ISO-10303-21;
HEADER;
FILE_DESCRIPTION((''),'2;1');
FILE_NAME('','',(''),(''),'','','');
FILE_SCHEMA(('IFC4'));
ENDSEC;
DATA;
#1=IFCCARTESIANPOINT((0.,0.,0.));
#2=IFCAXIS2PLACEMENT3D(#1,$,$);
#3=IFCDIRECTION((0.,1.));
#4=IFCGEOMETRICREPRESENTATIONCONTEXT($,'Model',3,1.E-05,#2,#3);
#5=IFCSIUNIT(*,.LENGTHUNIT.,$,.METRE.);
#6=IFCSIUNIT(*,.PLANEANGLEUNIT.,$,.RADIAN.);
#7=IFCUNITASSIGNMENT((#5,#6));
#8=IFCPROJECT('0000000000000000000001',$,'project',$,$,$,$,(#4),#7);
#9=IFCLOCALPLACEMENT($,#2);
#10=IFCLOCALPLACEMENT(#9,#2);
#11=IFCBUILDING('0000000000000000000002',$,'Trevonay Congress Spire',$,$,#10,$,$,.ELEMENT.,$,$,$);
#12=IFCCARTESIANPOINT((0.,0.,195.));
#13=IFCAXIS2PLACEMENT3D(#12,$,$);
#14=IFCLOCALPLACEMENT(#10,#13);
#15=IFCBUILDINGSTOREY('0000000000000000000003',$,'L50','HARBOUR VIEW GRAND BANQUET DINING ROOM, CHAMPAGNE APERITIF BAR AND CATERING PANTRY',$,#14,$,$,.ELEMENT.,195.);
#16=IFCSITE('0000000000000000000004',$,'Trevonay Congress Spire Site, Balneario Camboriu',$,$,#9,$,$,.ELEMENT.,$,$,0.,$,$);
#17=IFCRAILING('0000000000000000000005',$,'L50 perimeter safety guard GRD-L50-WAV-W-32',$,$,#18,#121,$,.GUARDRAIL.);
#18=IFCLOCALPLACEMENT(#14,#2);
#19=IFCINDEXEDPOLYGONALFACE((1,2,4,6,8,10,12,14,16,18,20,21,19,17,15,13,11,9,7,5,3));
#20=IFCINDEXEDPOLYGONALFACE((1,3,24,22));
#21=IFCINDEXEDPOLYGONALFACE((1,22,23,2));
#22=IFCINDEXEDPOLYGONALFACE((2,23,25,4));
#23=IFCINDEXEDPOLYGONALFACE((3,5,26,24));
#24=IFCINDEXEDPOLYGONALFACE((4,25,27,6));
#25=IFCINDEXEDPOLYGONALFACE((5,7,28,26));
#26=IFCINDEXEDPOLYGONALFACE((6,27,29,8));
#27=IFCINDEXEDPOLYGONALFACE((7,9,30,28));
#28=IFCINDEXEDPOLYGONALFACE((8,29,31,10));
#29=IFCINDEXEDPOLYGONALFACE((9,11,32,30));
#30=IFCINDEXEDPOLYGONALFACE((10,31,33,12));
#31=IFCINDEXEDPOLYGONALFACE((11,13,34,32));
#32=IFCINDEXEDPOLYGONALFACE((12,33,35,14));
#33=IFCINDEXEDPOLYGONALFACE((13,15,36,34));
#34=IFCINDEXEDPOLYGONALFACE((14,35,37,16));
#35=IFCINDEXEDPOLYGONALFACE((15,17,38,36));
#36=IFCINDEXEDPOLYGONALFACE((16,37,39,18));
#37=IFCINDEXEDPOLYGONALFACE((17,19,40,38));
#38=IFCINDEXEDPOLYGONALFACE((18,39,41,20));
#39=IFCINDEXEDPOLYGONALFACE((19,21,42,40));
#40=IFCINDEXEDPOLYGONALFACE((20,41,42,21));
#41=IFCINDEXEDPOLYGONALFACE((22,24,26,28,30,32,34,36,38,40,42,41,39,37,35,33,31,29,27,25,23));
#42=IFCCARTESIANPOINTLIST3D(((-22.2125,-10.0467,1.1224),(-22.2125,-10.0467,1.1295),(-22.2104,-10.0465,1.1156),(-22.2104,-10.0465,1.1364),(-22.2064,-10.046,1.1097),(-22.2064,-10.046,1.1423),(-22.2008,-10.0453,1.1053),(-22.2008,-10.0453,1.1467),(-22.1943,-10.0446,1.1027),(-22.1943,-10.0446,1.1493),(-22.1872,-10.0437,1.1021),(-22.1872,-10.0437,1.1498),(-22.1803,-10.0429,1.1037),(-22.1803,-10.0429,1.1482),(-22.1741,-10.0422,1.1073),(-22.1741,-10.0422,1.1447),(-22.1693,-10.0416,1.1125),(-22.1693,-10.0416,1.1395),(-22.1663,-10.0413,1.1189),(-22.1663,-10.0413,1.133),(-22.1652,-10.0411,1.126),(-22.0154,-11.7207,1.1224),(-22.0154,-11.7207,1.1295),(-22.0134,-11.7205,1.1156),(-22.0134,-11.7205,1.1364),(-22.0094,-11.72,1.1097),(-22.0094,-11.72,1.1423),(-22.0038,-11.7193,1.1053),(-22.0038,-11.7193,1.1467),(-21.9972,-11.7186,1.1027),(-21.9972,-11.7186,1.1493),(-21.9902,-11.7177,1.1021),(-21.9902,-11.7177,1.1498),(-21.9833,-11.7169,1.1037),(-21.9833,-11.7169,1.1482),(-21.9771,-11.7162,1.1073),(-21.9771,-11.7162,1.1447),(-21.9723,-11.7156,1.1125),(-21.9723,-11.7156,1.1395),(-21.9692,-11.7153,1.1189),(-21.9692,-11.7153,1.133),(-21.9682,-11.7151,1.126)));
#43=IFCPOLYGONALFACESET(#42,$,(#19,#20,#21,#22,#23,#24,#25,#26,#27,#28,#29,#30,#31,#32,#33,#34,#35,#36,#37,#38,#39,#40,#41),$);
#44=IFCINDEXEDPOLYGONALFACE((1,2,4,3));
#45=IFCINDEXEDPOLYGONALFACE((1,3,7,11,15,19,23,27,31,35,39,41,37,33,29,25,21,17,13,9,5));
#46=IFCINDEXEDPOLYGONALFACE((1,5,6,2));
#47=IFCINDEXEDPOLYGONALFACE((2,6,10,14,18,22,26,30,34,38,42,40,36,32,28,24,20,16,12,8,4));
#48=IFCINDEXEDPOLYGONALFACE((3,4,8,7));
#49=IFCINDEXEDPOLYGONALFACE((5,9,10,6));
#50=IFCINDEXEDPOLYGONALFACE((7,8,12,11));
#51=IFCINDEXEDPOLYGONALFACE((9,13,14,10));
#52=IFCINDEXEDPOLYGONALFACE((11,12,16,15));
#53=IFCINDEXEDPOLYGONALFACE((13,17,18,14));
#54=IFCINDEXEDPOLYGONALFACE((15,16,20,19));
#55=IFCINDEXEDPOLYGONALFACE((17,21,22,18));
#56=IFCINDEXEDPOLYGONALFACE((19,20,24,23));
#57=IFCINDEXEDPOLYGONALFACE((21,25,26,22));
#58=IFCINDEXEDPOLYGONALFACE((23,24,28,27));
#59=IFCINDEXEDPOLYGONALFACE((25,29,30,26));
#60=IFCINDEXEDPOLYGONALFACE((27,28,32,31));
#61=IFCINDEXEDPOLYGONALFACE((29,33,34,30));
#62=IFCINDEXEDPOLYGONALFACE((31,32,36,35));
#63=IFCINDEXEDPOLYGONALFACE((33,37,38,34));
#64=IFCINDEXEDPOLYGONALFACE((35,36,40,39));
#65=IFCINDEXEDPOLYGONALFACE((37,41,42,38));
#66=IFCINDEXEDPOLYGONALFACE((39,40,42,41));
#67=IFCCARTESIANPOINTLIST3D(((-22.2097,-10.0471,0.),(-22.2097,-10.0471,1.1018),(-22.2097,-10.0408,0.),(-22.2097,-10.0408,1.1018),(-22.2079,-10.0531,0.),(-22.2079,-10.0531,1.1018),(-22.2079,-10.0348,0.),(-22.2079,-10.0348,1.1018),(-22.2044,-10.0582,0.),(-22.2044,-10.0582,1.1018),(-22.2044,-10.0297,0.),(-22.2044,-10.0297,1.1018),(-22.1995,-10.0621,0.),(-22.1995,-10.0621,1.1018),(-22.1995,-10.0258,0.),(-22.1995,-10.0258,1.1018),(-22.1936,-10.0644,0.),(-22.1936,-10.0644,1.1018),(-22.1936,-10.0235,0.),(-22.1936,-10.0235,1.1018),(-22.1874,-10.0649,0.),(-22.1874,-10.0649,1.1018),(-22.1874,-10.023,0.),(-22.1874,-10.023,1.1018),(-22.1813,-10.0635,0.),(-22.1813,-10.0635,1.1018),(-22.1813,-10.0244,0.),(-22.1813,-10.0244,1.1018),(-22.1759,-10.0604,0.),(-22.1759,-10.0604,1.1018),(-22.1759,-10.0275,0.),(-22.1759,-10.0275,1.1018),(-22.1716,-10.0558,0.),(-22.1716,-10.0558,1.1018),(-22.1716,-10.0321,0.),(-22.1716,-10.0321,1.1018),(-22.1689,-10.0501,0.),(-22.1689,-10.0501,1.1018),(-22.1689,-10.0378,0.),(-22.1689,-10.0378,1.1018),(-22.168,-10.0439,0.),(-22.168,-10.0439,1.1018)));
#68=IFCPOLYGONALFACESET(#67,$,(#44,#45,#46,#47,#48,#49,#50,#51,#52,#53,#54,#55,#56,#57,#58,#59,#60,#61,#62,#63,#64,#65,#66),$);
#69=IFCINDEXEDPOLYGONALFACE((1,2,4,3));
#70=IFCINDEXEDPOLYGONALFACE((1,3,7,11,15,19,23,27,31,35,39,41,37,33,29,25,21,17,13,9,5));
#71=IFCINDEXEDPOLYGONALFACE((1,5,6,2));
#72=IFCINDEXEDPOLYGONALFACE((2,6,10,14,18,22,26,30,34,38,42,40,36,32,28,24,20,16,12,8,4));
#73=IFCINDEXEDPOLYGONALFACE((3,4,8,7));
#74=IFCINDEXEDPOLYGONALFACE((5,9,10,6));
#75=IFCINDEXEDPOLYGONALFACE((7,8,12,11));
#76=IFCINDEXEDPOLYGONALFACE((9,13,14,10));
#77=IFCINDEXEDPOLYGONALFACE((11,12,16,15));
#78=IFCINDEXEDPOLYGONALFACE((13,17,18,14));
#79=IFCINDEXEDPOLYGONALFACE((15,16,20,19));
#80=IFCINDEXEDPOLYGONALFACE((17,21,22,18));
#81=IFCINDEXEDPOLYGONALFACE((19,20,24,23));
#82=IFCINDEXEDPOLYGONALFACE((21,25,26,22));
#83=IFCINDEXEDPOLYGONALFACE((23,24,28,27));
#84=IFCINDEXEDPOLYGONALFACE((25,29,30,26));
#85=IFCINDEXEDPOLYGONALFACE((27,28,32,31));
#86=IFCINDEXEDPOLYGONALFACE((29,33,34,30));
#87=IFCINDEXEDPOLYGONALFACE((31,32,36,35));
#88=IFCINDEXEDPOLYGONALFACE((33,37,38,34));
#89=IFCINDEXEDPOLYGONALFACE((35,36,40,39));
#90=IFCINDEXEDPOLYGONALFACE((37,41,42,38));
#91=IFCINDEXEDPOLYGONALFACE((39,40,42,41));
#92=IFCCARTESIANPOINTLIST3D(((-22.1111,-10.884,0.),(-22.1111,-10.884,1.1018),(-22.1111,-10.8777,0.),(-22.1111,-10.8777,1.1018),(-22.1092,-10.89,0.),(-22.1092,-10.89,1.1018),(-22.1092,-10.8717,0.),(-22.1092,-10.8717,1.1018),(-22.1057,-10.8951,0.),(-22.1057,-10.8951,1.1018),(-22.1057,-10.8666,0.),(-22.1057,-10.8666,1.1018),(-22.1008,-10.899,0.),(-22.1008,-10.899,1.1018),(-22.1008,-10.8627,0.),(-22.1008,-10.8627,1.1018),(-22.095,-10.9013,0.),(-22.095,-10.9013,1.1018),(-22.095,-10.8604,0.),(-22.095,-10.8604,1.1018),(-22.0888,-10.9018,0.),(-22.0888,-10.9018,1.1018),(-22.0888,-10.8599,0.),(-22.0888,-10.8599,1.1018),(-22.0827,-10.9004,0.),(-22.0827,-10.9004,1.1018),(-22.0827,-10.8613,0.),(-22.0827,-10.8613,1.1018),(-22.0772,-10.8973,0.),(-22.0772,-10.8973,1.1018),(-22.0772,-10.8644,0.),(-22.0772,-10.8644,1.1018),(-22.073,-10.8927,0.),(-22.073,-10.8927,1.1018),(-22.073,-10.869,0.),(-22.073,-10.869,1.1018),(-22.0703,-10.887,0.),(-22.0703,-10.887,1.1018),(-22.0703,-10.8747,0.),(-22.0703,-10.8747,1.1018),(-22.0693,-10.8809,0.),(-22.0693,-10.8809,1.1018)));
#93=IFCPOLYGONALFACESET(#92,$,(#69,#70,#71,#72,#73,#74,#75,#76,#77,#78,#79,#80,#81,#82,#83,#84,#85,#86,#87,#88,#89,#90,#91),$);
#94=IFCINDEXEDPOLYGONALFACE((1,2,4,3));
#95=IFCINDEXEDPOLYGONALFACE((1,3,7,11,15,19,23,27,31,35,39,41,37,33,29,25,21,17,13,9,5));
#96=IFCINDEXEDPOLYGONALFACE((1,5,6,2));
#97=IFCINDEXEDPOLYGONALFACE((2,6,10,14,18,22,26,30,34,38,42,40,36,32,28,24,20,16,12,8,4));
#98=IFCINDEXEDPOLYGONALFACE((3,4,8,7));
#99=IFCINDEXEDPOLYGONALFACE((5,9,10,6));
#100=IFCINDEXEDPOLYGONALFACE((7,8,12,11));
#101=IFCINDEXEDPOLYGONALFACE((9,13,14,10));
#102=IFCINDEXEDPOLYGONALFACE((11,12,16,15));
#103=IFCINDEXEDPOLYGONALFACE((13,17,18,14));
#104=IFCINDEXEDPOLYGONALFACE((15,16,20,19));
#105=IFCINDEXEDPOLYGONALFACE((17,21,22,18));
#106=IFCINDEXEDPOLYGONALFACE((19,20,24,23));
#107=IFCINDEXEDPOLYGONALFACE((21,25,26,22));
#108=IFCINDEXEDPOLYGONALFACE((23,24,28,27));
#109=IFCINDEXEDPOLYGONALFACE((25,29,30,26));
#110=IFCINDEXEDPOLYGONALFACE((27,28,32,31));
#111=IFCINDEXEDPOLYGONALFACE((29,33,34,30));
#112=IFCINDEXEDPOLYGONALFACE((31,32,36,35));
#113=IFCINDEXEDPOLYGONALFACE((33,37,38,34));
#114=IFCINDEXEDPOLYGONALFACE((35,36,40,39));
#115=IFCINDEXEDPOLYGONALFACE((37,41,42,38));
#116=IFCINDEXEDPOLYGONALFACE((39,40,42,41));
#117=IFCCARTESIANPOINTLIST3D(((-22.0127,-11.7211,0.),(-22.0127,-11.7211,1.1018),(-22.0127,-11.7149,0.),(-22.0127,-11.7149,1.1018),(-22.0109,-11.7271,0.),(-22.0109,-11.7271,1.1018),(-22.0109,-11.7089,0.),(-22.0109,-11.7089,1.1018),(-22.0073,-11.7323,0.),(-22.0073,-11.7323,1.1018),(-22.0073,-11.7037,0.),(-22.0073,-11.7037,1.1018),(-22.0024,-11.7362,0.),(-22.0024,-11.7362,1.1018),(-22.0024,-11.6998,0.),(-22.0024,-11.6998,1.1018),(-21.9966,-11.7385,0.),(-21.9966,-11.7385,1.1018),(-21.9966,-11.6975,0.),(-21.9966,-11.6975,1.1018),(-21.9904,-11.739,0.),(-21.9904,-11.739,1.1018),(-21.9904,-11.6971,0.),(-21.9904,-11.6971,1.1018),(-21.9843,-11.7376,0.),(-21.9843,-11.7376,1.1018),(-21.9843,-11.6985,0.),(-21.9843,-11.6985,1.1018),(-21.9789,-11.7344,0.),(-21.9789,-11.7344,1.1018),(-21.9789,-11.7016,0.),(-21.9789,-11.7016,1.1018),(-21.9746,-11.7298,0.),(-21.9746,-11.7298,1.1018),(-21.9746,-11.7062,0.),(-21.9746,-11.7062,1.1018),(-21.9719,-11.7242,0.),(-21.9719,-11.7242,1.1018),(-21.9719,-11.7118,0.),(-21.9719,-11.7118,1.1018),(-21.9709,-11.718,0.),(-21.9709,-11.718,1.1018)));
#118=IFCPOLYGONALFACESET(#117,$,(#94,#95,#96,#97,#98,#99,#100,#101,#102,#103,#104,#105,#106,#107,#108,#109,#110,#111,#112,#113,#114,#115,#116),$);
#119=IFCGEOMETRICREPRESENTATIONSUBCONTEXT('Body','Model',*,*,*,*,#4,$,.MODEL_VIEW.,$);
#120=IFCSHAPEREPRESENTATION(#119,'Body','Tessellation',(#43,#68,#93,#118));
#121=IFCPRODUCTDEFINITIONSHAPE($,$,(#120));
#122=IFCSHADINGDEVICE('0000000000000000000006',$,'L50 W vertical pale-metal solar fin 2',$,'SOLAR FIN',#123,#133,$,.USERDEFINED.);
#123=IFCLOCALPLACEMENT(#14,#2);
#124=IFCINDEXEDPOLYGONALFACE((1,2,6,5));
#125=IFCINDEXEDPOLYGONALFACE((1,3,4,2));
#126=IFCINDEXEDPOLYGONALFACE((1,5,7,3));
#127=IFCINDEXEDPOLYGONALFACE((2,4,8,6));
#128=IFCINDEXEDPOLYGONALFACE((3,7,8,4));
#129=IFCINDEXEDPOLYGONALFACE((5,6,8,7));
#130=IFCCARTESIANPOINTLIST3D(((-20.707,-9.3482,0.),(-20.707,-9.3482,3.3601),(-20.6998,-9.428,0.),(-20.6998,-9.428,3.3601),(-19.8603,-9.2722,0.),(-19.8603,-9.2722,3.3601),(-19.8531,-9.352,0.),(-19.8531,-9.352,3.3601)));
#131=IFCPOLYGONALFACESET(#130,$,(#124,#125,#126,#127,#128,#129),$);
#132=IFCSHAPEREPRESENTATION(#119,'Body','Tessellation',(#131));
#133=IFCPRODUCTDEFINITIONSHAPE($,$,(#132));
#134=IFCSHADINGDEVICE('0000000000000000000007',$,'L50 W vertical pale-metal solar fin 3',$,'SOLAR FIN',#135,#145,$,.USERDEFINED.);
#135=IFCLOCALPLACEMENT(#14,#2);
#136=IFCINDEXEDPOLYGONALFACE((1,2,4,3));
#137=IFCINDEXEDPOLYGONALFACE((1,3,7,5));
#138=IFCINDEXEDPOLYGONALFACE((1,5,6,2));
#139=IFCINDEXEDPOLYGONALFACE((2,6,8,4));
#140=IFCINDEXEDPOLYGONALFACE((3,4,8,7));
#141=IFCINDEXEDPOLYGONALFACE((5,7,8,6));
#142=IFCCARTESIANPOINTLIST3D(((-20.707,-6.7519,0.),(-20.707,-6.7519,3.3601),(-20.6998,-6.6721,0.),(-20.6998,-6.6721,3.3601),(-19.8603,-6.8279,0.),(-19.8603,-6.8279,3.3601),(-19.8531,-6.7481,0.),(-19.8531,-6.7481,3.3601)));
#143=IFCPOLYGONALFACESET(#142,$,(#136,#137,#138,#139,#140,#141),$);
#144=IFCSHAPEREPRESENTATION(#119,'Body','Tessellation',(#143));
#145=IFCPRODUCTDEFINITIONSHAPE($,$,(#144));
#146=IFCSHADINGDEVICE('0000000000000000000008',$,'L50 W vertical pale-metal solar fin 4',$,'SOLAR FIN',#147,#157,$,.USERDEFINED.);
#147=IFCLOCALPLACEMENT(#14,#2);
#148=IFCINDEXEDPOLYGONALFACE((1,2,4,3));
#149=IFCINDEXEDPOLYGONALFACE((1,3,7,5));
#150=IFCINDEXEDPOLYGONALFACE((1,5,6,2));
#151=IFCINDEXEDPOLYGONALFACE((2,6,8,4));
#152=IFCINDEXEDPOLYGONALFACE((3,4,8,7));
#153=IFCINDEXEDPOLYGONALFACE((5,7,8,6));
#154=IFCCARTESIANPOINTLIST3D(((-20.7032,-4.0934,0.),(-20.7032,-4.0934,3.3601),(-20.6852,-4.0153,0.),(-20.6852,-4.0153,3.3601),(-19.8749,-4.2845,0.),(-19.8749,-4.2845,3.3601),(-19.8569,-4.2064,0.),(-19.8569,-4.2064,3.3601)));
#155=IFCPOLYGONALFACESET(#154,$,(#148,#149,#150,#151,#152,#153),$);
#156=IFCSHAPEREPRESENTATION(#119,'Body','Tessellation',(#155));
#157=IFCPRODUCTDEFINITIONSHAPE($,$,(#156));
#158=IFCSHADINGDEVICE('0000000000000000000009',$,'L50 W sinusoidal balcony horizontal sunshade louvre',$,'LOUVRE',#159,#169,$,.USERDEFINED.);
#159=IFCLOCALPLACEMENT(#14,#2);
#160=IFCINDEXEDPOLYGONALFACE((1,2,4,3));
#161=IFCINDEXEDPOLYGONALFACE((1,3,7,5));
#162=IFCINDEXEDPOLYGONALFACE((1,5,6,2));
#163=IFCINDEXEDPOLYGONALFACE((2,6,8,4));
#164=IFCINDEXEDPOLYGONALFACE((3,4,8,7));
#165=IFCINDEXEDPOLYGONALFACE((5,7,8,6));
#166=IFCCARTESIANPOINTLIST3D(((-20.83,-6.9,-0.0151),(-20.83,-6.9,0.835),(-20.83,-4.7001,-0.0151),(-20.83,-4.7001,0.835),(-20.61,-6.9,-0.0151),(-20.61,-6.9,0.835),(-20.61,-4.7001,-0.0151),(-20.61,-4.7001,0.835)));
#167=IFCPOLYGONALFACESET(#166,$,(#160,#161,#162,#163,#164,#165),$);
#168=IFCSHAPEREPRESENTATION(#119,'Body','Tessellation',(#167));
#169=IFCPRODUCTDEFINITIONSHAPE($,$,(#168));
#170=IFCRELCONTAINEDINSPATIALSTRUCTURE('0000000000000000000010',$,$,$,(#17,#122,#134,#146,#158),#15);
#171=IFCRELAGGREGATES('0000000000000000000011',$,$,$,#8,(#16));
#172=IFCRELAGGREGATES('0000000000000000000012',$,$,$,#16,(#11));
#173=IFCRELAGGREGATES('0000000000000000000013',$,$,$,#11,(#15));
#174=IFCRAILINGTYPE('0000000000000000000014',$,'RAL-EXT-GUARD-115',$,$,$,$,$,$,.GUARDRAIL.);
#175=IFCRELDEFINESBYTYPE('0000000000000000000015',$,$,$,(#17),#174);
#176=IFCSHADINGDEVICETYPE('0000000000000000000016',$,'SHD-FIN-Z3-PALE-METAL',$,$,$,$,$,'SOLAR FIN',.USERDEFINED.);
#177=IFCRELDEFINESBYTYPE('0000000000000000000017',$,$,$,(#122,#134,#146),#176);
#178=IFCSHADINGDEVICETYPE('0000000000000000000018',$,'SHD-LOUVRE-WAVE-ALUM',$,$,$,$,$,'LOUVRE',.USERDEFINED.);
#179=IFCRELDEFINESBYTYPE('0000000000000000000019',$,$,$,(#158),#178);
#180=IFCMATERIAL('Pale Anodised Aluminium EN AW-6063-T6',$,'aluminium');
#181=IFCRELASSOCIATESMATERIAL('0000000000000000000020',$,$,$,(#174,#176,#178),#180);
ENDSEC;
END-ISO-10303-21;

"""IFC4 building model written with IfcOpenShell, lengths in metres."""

from ifc_helpers import new_model, si_unit, direction, frame, origin, origin_2d, place, context, subcontext, project, spatial, rectangle, circle, extrude, material, type_object, element, save


model = new_model("IFC4")

# Units and contexts
model_context = context("Model", 3, precision=1e-05, world=origin(), true_north=direction((0.0, 1.0)))
body_context = subcontext(model_context, "Body", "Model", "MODEL_VIEW")
ifc_project = project(units=[si_unit("LENGTHUNIT", "METRE"), si_unit("PLANEANGLEUNIT", "RADIAN")], contexts=[model_context])

# Site, building, storey
site_placement = place(None, origin())
site = spatial("IfcSite", under=ifc_project, at=site_placement, Name="Trevonay Congress Spire Site, Balneario Camboriu", CompositionType="ELEMENT", RefElevation=0.0)
building_placement = place(site_placement, origin())
building = spatial("IfcBuilding", under=site, at=building_placement, Name="Trevonay Congress Spire", CompositionType="ELEMENT")
storey_placement = place(building_placement, frame((0.0, 0.0, 195.0)))
storey = spatial("IfcBuildingStorey", under=building, at=storey_placement, Name="L50", Description="HARBOUR VIEW GRAND BANQUET DINING ROOM, CHAMPAGNE APERITIF BAR AND CATERING PANTRY", CompositionType="ELEMENT", Elevation=195.0)

# Shared definitions
ifc_material_1 = material(Name="Pale Anodised Aluminium EN AW-6063-T6", Category="aluminium")

# Railing
railing_type = type_object("IfcRailingType", Name="RAL-EXT-GUARD-115", PredefinedType="GUARDRAIL", material=ifc_material_1)
railing_1_placement = place(storey_placement, frame((-22.189, -10.0439, 0.0)))
element("IfcRailing", 1, at=railing_1_placement, inside=storey, type_object=railing_type, Name="L50 perimeter safety guard GRD-L50-WAV-W-32", PredefinedType="GUARDRAIL", context=body_context, shape_type="SweptSolid", body=[
    extrude(circle(Radius=0.0239, at=origin_2d()), frame((0.0, 0.0, 1.126), z_axis=(0.116883, -0.993146, 0.0), x_axis=(0.993146, 0.116883, 0.0)), (0.0, 0.0, 1.0), 1.6855),
    extrude(circle(Radius=0.021, at=origin_2d()), origin(), (0.0, 0.0, 1.0), 1.1018),
    extrude(circle(Radius=0.021, at=origin_2d()), frame((0.0986, -0.8369, 0.0)), (0.0, 0.0, 1.0), 1.1018),
    extrude(circle(Radius=0.021, at=origin_2d()), frame((0.197, -1.6741, 0.0)), (0.0, 0.0, 1.0), 1.1018),
])

# Shading devices
shading_device_type_1 = type_object("IfcShadingDeviceType", Name="SHD-FIN-Z3-PALE-METAL", ElementType="SOLAR FIN", PredefinedType="USERDEFINED", material=ifc_material_1)
for number, where, z_axis, x_axis, name in (
    (2, (-20.28, -9.3501, 0.0), (0.0, 0.0, 1.0), (-0.089416, 0.995994, 0.0), "L50 W vertical pale-metal solar fin 2"),
    (3, (-20.28, -6.75, 0.0), (0.0, 0.0, 1.0), (0.089416, 0.995994, 0.0), "L50 W vertical pale-metal solar fin 3"),
    (4, (-20.28, -4.1499, 0.0), (0.0, 0.0, 1.0), (0.224781, 0.974409, 0.0), "L50 W vertical pale-metal solar fin 4"),
):
    element("IfcShadingDevice", number, at=place(storey_placement, frame(where, z_axis=z_axis, x_axis=x_axis)), inside=storey, type_object=shading_device_type_1, Name=name, ObjectType="SOLAR FIN", PredefinedType="USERDEFINED", context=body_context, shape_type="SweptSolid", body=[
        extrude(rectangle(XDim=0.0801, YDim=0.8501, at=origin_2d()), origin(), (0.0, 0.0, 1.0), 3.3601),
    ])
shading_device_type_2 = type_object("IfcShadingDeviceType", Name="SHD-LOUVRE-WAVE-ALUM", ElementType="LOUVRE", PredefinedType="USERDEFINED", material=ifc_material_1)
shading_device_placement = place(storey_placement, frame((-20.72, -5.8, -0.0151), z_axis=(0.0, 0.0, 1.0), x_axis=(0.0, 1.0, 0.0)))
element("IfcShadingDevice", 5, at=shading_device_placement, inside=storey, type_object=shading_device_type_2, Name="L50 W sinusoidal balcony horizontal sunshade louvre", ObjectType="LOUVRE", PredefinedType="USERDEFINED", context=body_context, shape_type="SweptSolid", body=[
    extrude(rectangle(XDim=2.2, YDim=0.22, at=origin_2d()), origin(), (0.0, 0.0, 1.0), 0.8501),
])

save(model, "model.ifc")
